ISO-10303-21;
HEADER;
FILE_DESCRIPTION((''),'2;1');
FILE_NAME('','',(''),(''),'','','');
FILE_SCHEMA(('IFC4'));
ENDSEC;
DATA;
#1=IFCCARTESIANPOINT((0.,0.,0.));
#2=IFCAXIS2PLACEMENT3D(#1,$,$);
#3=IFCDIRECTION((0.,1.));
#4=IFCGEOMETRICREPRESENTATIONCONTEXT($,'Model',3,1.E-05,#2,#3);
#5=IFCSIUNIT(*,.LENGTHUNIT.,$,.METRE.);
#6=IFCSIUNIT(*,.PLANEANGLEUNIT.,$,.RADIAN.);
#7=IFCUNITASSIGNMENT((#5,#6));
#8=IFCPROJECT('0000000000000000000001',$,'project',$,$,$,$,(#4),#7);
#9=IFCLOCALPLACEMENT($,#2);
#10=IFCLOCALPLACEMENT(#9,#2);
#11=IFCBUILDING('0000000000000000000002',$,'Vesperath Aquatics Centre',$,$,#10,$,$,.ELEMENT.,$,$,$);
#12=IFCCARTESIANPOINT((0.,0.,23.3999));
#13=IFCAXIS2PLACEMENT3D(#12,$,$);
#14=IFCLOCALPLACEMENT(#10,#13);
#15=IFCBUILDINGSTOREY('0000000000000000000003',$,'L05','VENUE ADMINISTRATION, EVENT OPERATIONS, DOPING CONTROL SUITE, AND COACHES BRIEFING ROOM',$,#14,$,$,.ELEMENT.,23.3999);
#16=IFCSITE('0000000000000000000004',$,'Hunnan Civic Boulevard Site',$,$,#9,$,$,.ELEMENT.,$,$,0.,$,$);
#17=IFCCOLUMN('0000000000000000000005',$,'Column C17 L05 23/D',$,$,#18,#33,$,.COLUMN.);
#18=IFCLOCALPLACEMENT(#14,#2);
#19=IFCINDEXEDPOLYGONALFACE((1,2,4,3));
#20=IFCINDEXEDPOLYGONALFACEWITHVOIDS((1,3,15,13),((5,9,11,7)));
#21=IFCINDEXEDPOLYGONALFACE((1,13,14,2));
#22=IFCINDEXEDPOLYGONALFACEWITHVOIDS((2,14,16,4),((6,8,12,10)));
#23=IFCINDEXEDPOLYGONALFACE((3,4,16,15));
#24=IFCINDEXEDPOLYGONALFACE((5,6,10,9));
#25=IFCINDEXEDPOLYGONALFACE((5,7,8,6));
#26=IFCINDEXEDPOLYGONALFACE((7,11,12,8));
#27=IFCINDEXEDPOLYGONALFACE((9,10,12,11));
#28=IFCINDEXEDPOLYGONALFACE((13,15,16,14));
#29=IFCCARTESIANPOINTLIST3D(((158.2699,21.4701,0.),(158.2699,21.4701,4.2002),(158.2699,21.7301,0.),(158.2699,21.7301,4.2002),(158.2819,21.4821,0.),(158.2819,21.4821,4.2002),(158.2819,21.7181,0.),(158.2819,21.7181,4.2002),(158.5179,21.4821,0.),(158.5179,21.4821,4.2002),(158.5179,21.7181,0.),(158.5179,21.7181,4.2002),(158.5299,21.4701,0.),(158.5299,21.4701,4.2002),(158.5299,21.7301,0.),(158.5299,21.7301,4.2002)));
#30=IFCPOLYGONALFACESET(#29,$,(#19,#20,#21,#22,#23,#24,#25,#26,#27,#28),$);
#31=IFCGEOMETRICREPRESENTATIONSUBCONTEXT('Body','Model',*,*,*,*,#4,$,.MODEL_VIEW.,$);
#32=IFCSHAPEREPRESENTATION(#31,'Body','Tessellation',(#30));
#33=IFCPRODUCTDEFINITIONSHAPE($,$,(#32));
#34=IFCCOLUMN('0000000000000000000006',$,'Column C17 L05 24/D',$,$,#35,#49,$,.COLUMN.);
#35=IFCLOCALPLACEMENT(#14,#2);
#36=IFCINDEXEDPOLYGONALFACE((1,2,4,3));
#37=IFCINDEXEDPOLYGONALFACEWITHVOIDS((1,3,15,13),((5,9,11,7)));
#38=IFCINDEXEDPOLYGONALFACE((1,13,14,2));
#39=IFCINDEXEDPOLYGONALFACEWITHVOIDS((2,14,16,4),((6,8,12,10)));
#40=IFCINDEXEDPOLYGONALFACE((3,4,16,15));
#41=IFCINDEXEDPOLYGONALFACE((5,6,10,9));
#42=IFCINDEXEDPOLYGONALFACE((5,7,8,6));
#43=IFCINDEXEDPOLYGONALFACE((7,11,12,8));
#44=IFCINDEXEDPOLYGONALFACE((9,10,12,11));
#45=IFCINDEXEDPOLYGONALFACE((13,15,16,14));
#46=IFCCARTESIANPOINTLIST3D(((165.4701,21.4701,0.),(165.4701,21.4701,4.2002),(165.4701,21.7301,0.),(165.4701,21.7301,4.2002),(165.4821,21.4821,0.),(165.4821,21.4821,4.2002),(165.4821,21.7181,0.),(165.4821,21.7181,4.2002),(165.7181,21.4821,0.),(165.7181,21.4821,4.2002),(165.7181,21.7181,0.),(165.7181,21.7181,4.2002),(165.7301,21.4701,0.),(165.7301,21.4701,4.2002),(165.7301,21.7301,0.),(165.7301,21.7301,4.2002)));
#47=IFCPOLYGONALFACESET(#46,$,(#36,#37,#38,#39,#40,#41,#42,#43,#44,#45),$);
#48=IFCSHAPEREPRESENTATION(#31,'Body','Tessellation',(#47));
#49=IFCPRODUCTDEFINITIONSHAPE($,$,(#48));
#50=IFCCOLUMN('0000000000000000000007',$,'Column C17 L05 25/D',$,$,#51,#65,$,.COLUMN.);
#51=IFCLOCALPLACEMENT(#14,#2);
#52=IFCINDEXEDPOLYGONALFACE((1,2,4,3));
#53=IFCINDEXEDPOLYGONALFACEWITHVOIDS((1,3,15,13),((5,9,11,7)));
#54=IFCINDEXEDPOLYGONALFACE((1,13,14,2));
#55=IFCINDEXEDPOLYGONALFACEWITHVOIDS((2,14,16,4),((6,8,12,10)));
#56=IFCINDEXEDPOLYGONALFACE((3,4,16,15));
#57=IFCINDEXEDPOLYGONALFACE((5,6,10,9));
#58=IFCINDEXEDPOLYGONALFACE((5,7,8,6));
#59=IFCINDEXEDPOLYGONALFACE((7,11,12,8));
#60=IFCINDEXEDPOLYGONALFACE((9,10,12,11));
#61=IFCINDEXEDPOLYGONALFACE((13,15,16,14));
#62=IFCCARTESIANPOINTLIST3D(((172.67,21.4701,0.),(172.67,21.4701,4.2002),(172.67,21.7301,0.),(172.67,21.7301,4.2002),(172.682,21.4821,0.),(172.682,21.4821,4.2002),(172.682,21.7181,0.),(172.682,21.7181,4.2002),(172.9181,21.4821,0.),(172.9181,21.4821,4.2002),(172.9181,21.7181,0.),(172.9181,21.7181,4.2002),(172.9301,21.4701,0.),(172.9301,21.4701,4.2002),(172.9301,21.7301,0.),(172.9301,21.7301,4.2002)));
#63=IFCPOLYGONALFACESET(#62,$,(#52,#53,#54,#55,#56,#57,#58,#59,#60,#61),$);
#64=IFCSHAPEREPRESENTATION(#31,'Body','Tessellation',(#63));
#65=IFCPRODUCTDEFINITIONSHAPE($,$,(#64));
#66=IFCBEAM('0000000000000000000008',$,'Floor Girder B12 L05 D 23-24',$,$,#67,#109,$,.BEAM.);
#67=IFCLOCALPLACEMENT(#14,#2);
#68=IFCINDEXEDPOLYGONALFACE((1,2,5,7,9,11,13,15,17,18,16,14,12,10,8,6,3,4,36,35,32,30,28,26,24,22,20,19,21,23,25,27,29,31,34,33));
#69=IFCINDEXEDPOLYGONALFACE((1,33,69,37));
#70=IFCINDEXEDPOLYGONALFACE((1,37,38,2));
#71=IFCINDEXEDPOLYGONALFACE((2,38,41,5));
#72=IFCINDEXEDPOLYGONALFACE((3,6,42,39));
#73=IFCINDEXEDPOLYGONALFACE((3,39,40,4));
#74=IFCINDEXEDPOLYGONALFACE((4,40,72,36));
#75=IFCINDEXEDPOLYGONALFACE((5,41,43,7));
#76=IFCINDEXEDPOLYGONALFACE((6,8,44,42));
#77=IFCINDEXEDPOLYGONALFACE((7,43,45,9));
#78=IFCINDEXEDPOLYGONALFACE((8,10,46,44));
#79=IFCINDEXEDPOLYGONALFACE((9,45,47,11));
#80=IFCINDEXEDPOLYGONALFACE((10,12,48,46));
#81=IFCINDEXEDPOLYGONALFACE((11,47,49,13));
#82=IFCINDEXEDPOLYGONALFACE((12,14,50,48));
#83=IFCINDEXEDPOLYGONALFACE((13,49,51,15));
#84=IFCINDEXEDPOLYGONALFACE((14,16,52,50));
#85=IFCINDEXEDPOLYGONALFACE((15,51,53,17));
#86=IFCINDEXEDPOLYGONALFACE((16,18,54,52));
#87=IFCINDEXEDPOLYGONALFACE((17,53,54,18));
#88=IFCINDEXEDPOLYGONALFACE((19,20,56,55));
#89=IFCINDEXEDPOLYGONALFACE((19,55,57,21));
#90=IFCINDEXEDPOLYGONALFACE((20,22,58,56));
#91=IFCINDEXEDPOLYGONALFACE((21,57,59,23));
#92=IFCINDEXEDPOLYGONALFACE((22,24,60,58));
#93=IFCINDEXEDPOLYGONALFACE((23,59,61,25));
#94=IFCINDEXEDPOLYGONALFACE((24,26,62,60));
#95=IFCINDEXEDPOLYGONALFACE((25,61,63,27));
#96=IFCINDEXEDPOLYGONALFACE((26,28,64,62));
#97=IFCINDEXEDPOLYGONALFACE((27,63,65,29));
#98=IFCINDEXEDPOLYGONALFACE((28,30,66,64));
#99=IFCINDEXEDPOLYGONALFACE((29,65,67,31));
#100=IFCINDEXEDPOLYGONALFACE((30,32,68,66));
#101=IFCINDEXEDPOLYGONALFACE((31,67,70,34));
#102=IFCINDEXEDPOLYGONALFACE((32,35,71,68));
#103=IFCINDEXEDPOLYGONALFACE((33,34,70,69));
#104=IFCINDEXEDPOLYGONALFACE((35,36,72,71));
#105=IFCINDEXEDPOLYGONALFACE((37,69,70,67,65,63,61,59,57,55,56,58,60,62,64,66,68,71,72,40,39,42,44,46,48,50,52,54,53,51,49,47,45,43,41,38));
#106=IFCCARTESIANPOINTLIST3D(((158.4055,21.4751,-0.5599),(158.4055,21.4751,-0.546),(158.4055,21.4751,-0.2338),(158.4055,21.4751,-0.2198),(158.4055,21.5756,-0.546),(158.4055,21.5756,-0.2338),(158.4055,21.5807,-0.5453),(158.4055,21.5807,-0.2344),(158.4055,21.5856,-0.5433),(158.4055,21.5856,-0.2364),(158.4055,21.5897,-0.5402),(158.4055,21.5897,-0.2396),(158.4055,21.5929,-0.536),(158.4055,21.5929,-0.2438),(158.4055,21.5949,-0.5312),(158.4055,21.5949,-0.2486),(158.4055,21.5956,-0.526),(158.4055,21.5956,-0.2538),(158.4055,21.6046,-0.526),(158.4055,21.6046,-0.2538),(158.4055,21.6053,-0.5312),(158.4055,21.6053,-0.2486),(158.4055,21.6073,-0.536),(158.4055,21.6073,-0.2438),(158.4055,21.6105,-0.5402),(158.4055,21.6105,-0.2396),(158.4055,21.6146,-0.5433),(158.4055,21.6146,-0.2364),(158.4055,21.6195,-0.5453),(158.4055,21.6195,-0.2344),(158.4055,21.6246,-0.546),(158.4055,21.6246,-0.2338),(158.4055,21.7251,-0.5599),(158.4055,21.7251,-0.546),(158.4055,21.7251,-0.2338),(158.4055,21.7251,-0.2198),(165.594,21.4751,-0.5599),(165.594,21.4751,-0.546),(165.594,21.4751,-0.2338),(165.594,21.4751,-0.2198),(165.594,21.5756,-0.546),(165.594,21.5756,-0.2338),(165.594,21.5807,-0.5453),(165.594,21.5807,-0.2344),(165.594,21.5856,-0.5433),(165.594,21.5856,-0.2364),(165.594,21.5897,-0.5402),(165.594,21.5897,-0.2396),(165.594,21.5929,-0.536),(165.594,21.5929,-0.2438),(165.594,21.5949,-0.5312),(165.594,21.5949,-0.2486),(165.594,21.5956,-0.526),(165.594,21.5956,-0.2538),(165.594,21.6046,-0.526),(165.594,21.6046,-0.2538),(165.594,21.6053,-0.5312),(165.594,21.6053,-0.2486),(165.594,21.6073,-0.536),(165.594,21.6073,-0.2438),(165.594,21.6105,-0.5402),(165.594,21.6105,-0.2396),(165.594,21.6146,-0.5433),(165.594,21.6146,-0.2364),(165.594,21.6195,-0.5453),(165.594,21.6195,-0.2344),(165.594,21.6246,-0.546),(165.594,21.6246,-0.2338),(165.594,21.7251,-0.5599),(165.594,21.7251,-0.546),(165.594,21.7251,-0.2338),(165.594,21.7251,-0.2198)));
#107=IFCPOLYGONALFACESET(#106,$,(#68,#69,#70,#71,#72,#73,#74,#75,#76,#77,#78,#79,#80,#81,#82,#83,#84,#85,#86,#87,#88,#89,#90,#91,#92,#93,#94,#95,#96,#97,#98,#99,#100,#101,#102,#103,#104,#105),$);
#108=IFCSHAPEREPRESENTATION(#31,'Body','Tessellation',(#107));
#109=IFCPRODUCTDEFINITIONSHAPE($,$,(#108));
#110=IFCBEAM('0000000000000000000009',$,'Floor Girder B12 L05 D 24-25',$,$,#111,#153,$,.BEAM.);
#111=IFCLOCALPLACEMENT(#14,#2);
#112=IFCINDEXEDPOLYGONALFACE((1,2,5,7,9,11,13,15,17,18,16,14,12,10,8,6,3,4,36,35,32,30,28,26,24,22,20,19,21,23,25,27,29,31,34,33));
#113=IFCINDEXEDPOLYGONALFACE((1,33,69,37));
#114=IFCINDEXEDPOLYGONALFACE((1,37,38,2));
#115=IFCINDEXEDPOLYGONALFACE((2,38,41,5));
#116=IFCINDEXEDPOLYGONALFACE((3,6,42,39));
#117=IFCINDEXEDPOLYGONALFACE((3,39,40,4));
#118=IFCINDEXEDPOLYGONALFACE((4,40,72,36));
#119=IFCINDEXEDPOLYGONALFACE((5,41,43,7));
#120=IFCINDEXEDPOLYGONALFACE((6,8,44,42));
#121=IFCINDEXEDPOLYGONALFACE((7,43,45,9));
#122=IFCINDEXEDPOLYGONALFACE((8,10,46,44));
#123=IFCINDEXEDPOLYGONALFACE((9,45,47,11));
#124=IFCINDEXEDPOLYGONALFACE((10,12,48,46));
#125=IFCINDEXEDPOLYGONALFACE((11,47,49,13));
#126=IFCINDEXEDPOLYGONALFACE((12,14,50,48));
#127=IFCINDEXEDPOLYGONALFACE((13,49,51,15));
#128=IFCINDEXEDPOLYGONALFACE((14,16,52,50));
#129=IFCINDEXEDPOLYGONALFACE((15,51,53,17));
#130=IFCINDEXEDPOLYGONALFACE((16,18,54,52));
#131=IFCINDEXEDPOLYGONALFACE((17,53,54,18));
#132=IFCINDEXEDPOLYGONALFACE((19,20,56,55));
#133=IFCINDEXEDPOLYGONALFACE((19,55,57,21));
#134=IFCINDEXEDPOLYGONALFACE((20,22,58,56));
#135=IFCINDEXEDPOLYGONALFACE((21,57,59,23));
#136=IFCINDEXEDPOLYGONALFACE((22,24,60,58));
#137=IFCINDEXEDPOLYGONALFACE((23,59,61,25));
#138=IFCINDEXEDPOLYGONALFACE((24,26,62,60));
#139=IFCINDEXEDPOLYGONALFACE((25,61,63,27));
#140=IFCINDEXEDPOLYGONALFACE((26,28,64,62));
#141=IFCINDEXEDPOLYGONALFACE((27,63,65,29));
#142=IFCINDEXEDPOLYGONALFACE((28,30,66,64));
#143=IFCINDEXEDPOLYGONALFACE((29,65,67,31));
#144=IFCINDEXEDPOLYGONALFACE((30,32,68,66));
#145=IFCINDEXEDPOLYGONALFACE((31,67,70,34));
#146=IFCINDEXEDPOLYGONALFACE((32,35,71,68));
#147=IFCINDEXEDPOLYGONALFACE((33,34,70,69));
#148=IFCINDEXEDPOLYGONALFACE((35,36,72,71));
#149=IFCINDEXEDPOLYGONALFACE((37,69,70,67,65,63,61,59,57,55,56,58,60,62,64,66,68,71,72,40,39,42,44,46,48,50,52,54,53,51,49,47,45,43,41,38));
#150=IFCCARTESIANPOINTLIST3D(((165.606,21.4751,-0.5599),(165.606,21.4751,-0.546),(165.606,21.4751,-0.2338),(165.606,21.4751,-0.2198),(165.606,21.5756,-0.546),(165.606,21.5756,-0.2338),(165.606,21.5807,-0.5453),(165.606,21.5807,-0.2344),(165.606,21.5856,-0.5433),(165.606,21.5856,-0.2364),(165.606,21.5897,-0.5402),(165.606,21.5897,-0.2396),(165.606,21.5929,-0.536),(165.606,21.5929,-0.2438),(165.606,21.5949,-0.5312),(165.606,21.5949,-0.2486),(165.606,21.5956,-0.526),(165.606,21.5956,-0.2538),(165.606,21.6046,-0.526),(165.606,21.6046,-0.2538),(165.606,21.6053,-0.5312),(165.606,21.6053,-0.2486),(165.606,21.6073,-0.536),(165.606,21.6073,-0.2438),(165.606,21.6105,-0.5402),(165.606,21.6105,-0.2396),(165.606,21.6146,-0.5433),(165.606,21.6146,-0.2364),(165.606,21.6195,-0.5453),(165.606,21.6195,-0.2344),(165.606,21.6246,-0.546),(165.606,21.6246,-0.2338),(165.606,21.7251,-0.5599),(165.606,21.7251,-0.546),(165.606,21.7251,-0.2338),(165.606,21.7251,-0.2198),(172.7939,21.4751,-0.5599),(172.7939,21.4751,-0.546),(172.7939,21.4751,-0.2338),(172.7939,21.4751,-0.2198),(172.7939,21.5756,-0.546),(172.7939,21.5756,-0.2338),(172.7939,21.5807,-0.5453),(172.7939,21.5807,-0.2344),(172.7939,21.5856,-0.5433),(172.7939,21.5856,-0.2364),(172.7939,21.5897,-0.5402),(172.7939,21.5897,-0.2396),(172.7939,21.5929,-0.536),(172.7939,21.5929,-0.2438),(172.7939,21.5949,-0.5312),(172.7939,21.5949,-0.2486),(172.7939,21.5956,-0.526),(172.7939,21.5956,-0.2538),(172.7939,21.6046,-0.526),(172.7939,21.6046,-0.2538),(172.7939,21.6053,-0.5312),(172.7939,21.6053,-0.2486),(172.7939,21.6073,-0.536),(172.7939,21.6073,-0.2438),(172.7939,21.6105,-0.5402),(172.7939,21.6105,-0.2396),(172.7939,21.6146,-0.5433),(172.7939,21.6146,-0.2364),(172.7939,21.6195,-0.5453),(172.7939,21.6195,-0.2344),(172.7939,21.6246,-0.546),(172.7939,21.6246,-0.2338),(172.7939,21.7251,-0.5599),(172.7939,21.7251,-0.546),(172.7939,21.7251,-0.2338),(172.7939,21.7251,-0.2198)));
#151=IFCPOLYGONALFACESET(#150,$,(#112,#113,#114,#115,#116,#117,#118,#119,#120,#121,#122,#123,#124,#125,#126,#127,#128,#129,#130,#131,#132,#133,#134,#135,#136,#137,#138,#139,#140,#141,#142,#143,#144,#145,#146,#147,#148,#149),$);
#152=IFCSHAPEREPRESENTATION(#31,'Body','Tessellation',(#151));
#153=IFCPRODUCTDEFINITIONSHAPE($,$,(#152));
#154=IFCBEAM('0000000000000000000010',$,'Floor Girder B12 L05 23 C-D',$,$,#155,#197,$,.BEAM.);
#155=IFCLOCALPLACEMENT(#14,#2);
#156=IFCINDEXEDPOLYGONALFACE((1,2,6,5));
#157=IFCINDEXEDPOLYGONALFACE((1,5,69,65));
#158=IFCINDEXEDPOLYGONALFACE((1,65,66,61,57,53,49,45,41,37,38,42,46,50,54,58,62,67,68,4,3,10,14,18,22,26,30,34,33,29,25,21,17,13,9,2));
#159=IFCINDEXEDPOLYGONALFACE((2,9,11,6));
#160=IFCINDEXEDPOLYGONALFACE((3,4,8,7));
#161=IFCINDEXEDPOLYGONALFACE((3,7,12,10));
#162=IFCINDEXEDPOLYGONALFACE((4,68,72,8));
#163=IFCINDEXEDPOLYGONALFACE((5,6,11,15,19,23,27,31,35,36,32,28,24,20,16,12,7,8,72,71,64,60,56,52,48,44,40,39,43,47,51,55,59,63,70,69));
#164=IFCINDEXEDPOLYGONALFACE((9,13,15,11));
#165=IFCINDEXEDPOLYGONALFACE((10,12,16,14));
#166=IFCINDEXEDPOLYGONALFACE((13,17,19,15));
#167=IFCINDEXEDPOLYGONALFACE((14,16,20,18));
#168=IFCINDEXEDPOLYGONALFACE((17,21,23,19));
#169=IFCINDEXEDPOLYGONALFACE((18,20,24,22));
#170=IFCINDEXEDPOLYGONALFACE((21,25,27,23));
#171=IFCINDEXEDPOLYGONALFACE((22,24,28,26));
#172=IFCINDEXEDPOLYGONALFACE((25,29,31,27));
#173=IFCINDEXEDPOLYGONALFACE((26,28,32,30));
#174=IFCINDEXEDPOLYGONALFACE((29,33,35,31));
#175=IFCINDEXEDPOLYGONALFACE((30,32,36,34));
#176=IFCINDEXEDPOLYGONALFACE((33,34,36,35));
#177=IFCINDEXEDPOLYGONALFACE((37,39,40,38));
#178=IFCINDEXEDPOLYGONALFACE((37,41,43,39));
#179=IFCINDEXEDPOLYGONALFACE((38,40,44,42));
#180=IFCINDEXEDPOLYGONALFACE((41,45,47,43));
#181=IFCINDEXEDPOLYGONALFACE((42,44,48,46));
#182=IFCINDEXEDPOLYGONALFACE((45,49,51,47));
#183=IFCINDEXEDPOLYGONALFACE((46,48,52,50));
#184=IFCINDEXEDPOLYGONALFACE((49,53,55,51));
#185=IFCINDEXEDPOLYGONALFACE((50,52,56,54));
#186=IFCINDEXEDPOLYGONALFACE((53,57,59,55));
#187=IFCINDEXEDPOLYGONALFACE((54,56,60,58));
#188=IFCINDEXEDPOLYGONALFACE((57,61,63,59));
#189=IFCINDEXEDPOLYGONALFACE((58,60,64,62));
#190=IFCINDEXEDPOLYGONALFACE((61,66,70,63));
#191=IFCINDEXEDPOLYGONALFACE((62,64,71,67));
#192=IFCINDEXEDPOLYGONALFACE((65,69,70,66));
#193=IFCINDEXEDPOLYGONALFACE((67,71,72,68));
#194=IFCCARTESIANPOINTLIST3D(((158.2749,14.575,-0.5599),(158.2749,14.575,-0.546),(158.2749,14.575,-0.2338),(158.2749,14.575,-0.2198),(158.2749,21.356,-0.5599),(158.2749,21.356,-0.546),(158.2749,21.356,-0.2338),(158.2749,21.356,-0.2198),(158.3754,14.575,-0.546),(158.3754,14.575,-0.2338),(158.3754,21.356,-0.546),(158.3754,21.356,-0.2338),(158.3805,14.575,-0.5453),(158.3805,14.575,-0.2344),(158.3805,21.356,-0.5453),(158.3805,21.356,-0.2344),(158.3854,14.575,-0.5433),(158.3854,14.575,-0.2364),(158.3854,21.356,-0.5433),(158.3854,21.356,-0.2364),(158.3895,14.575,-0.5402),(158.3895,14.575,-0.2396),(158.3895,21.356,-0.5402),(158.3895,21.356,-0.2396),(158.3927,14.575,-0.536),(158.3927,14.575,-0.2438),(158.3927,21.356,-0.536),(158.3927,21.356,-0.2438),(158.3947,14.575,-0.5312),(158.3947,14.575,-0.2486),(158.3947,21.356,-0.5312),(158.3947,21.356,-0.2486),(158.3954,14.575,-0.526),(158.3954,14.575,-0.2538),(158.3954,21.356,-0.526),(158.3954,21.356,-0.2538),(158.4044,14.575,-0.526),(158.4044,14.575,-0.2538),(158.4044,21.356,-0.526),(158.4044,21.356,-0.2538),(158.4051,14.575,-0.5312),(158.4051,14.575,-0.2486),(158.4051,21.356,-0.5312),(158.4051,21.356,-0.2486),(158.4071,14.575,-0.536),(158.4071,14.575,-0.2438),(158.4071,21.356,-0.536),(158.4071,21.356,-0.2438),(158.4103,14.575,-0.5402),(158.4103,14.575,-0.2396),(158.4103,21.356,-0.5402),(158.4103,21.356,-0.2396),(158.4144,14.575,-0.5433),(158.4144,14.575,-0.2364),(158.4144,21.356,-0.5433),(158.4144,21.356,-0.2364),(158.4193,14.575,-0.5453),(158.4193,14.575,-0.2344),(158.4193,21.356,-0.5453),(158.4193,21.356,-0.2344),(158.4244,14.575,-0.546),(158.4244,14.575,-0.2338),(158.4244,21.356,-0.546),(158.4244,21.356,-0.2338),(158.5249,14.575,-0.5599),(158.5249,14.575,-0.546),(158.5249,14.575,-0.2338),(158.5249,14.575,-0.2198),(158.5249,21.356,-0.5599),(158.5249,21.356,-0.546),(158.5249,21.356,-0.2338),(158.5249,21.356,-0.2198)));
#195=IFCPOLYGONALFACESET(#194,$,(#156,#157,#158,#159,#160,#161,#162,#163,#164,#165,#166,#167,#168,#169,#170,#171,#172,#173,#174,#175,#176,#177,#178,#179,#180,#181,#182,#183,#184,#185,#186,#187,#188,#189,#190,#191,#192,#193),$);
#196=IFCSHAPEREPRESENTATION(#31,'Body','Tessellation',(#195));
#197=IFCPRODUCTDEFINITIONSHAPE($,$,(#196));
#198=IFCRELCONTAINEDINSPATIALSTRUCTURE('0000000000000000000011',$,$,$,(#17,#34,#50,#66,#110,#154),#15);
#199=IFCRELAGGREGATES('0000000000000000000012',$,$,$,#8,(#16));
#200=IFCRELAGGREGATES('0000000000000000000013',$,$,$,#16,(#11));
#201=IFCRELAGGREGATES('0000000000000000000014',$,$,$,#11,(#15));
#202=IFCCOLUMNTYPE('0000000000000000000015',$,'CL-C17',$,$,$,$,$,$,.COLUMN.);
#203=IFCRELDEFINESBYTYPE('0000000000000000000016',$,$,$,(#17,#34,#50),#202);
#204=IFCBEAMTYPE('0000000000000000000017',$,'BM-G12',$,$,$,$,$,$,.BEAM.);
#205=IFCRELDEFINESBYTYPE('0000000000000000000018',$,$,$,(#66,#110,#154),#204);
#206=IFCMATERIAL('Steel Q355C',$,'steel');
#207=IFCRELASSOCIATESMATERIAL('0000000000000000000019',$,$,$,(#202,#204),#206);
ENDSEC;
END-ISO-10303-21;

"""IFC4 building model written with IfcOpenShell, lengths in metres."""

from ifc_helpers import new_model, si_unit, direction, frame, origin, origin_2d, place, context, subcontext, project, spatial, hollow_rectangle, i_section, extrude, material, material_profile, profile_set, type_object, element, save


model = new_model("IFC4")

# Units and contexts
model_context = context("Model", 3, precision=1e-05, world=origin(), true_north=direction((0.0, 1.0)))
body_context = subcontext(model_context, "Body", "Model", "MODEL_VIEW")
ifc_project = project(units=[si_unit("LENGTHUNIT", "METRE"), si_unit("PLANEANGLEUNIT", "RADIAN")], contexts=[model_context])

# Site, building, storey
site_placement = place(None, origin())
site = spatial("IfcSite", under=ifc_project, at=site_placement, Name="Hunnan Civic Boulevard Site", CompositionType="ELEMENT", RefElevation=0.0)
building_placement = place(site_placement, origin())
building = spatial("IfcBuilding", under=site, at=building_placement, Name="Vesperath Aquatics Centre", CompositionType="ELEMENT")
storey_placement = place(building_placement, frame((0.0, 0.0, 23.3999)))
storey = spatial("IfcBuildingStorey", under=building, at=storey_placement, Name="L05", Description="VENUE ADMINISTRATION, EVENT OPERATIONS, DOPING CONTROL SUITE, AND COACHES BRIEFING ROOM", CompositionType="ELEMENT", Elevation=23.3999)

# Columns
ifc_material_1 = material(Name="Steel Q355C", Category="steel")
ifc_material_profile_1 = material_profile(ifc_material_1, hollow_rectangle(XDim=0.26, YDim=0.26, WallThickness=0.012, at=origin_2d()), Name="SHS 260x260x12")
ifc_profile_set_1 = profile_set([ifc_material_profile_1], Name="Steel Q355C")
column_type = type_object("IfcColumnType", Name="CL-C17", PredefinedType="COLUMN", material=ifc_profile_set_1)
for number, where, z_axis, x_axis, name in (
    (1, (158.3999, 21.6001, 0.0), (0.0, 0.0, 1.0), (1.0, 0.0, 0.0), "Column C17 L05 23/D"),
    (2, (165.6001, 21.6001, 0.0), (0.0, 0.0, 1.0), (1.0, 0.0, 0.0), "Column C17 L05 24/D"),
    (3, (172.8, 21.6001, 0.0), (0.0, 0.0, 1.0), (1.0, 0.0, 0.0), "Column C17 L05 25/D"),
):
    element("IfcColumn", number, at=place(storey_placement, frame(where, z_axis=z_axis, x_axis=x_axis)), inside=storey, type_object=column_type, Name=name, PredefinedType="COLUMN", context=body_context, shape_type="SweptSolid", body=[
        extrude(hollow_rectangle(XDim=0.26, YDim=0.26, WallThickness=0.012, at=origin_2d()), origin(), (0.0, 0.0, 1.0), 4.2002),
    ])

# Beams
ifc_material_profile_2 = material_profile(ifc_material_1, i_section(OverallWidth=0.25, OverallDepth=0.3401, WebThickness=0.009, FlangeThickness=0.0139, FilletRadius=0.02, at=origin_2d()), Name="HM 340x250x9x14")
ifc_profile_set_2 = profile_set([ifc_material_profile_2], Name="Steel Q355C")
beam_type_1 = type_object("IfcBeamType", Name="BM-G12", PredefinedType="BEAM", material=ifc_profile_set_2)
beam_1_placement = place(storey_placement, frame((158.4055, 21.6001, -0.3899), z_axis=(1.0, 0.0, 0.0), x_axis=(0.0, 1.0, 0.0)))
element("IfcBeam", 4, at=beam_1_placement, inside=storey, type_object=beam_type_1, Name="Floor Girder B12 L05 D 23-24", PredefinedType="BEAM", context=body_context, shape_type="SweptSolid", body=[
    extrude(i_section(OverallWidth=0.25, OverallDepth=0.3401, WebThickness=0.009, FlangeThickness=0.0139, FilletRadius=0.02, at=origin_2d()), origin(), (0.0, 0.0, 1.0), 7.1885),
])
beam_2_placement = place(storey_placement, frame((165.606, 21.6001, -0.3899), z_axis=(1.0, 0.0, 0.0), x_axis=(0.0, 1.0, 0.0)))
element("IfcBeam", 5, at=beam_2_placement, inside=storey, type_object=beam_type_1, Name="Floor Girder B12 L05 D 24-25", PredefinedType="BEAM", context=body_context, shape_type="SweptSolid", body=[
    extrude(i_section(OverallWidth=0.25, OverallDepth=0.3401, WebThickness=0.009, FlangeThickness=0.0139, FilletRadius=0.02, at=origin_2d()), origin(), (0.0, 0.0, 1.0), 7.188),
])
for number, where, z_axis, x_axis, name in (
    (6, (158.3999, 14.575, -0.3899), (0.0, 1.0, 0.0), (-1.0, 0.0, 0.0), "Floor Girder B12 L05 23 C-D"),
):
    element("IfcBeam", number, at=place(storey_placement, frame(where, z_axis=z_axis, x_axis=x_axis)), inside=storey, type_object=beam_type_1, Name=name, PredefinedType="BEAM", context=body_context, shape_type="SweptSolid", body=[
        extrude(i_section(OverallWidth=0.25, OverallDepth=0.3401, WebThickness=0.009, FlangeThickness=0.0139, FilletRadius=0.02, at=origin_2d()), origin(), (0.0, 0.0, 1.0), 6.781),
    ])

save(model, "model.ifc")
